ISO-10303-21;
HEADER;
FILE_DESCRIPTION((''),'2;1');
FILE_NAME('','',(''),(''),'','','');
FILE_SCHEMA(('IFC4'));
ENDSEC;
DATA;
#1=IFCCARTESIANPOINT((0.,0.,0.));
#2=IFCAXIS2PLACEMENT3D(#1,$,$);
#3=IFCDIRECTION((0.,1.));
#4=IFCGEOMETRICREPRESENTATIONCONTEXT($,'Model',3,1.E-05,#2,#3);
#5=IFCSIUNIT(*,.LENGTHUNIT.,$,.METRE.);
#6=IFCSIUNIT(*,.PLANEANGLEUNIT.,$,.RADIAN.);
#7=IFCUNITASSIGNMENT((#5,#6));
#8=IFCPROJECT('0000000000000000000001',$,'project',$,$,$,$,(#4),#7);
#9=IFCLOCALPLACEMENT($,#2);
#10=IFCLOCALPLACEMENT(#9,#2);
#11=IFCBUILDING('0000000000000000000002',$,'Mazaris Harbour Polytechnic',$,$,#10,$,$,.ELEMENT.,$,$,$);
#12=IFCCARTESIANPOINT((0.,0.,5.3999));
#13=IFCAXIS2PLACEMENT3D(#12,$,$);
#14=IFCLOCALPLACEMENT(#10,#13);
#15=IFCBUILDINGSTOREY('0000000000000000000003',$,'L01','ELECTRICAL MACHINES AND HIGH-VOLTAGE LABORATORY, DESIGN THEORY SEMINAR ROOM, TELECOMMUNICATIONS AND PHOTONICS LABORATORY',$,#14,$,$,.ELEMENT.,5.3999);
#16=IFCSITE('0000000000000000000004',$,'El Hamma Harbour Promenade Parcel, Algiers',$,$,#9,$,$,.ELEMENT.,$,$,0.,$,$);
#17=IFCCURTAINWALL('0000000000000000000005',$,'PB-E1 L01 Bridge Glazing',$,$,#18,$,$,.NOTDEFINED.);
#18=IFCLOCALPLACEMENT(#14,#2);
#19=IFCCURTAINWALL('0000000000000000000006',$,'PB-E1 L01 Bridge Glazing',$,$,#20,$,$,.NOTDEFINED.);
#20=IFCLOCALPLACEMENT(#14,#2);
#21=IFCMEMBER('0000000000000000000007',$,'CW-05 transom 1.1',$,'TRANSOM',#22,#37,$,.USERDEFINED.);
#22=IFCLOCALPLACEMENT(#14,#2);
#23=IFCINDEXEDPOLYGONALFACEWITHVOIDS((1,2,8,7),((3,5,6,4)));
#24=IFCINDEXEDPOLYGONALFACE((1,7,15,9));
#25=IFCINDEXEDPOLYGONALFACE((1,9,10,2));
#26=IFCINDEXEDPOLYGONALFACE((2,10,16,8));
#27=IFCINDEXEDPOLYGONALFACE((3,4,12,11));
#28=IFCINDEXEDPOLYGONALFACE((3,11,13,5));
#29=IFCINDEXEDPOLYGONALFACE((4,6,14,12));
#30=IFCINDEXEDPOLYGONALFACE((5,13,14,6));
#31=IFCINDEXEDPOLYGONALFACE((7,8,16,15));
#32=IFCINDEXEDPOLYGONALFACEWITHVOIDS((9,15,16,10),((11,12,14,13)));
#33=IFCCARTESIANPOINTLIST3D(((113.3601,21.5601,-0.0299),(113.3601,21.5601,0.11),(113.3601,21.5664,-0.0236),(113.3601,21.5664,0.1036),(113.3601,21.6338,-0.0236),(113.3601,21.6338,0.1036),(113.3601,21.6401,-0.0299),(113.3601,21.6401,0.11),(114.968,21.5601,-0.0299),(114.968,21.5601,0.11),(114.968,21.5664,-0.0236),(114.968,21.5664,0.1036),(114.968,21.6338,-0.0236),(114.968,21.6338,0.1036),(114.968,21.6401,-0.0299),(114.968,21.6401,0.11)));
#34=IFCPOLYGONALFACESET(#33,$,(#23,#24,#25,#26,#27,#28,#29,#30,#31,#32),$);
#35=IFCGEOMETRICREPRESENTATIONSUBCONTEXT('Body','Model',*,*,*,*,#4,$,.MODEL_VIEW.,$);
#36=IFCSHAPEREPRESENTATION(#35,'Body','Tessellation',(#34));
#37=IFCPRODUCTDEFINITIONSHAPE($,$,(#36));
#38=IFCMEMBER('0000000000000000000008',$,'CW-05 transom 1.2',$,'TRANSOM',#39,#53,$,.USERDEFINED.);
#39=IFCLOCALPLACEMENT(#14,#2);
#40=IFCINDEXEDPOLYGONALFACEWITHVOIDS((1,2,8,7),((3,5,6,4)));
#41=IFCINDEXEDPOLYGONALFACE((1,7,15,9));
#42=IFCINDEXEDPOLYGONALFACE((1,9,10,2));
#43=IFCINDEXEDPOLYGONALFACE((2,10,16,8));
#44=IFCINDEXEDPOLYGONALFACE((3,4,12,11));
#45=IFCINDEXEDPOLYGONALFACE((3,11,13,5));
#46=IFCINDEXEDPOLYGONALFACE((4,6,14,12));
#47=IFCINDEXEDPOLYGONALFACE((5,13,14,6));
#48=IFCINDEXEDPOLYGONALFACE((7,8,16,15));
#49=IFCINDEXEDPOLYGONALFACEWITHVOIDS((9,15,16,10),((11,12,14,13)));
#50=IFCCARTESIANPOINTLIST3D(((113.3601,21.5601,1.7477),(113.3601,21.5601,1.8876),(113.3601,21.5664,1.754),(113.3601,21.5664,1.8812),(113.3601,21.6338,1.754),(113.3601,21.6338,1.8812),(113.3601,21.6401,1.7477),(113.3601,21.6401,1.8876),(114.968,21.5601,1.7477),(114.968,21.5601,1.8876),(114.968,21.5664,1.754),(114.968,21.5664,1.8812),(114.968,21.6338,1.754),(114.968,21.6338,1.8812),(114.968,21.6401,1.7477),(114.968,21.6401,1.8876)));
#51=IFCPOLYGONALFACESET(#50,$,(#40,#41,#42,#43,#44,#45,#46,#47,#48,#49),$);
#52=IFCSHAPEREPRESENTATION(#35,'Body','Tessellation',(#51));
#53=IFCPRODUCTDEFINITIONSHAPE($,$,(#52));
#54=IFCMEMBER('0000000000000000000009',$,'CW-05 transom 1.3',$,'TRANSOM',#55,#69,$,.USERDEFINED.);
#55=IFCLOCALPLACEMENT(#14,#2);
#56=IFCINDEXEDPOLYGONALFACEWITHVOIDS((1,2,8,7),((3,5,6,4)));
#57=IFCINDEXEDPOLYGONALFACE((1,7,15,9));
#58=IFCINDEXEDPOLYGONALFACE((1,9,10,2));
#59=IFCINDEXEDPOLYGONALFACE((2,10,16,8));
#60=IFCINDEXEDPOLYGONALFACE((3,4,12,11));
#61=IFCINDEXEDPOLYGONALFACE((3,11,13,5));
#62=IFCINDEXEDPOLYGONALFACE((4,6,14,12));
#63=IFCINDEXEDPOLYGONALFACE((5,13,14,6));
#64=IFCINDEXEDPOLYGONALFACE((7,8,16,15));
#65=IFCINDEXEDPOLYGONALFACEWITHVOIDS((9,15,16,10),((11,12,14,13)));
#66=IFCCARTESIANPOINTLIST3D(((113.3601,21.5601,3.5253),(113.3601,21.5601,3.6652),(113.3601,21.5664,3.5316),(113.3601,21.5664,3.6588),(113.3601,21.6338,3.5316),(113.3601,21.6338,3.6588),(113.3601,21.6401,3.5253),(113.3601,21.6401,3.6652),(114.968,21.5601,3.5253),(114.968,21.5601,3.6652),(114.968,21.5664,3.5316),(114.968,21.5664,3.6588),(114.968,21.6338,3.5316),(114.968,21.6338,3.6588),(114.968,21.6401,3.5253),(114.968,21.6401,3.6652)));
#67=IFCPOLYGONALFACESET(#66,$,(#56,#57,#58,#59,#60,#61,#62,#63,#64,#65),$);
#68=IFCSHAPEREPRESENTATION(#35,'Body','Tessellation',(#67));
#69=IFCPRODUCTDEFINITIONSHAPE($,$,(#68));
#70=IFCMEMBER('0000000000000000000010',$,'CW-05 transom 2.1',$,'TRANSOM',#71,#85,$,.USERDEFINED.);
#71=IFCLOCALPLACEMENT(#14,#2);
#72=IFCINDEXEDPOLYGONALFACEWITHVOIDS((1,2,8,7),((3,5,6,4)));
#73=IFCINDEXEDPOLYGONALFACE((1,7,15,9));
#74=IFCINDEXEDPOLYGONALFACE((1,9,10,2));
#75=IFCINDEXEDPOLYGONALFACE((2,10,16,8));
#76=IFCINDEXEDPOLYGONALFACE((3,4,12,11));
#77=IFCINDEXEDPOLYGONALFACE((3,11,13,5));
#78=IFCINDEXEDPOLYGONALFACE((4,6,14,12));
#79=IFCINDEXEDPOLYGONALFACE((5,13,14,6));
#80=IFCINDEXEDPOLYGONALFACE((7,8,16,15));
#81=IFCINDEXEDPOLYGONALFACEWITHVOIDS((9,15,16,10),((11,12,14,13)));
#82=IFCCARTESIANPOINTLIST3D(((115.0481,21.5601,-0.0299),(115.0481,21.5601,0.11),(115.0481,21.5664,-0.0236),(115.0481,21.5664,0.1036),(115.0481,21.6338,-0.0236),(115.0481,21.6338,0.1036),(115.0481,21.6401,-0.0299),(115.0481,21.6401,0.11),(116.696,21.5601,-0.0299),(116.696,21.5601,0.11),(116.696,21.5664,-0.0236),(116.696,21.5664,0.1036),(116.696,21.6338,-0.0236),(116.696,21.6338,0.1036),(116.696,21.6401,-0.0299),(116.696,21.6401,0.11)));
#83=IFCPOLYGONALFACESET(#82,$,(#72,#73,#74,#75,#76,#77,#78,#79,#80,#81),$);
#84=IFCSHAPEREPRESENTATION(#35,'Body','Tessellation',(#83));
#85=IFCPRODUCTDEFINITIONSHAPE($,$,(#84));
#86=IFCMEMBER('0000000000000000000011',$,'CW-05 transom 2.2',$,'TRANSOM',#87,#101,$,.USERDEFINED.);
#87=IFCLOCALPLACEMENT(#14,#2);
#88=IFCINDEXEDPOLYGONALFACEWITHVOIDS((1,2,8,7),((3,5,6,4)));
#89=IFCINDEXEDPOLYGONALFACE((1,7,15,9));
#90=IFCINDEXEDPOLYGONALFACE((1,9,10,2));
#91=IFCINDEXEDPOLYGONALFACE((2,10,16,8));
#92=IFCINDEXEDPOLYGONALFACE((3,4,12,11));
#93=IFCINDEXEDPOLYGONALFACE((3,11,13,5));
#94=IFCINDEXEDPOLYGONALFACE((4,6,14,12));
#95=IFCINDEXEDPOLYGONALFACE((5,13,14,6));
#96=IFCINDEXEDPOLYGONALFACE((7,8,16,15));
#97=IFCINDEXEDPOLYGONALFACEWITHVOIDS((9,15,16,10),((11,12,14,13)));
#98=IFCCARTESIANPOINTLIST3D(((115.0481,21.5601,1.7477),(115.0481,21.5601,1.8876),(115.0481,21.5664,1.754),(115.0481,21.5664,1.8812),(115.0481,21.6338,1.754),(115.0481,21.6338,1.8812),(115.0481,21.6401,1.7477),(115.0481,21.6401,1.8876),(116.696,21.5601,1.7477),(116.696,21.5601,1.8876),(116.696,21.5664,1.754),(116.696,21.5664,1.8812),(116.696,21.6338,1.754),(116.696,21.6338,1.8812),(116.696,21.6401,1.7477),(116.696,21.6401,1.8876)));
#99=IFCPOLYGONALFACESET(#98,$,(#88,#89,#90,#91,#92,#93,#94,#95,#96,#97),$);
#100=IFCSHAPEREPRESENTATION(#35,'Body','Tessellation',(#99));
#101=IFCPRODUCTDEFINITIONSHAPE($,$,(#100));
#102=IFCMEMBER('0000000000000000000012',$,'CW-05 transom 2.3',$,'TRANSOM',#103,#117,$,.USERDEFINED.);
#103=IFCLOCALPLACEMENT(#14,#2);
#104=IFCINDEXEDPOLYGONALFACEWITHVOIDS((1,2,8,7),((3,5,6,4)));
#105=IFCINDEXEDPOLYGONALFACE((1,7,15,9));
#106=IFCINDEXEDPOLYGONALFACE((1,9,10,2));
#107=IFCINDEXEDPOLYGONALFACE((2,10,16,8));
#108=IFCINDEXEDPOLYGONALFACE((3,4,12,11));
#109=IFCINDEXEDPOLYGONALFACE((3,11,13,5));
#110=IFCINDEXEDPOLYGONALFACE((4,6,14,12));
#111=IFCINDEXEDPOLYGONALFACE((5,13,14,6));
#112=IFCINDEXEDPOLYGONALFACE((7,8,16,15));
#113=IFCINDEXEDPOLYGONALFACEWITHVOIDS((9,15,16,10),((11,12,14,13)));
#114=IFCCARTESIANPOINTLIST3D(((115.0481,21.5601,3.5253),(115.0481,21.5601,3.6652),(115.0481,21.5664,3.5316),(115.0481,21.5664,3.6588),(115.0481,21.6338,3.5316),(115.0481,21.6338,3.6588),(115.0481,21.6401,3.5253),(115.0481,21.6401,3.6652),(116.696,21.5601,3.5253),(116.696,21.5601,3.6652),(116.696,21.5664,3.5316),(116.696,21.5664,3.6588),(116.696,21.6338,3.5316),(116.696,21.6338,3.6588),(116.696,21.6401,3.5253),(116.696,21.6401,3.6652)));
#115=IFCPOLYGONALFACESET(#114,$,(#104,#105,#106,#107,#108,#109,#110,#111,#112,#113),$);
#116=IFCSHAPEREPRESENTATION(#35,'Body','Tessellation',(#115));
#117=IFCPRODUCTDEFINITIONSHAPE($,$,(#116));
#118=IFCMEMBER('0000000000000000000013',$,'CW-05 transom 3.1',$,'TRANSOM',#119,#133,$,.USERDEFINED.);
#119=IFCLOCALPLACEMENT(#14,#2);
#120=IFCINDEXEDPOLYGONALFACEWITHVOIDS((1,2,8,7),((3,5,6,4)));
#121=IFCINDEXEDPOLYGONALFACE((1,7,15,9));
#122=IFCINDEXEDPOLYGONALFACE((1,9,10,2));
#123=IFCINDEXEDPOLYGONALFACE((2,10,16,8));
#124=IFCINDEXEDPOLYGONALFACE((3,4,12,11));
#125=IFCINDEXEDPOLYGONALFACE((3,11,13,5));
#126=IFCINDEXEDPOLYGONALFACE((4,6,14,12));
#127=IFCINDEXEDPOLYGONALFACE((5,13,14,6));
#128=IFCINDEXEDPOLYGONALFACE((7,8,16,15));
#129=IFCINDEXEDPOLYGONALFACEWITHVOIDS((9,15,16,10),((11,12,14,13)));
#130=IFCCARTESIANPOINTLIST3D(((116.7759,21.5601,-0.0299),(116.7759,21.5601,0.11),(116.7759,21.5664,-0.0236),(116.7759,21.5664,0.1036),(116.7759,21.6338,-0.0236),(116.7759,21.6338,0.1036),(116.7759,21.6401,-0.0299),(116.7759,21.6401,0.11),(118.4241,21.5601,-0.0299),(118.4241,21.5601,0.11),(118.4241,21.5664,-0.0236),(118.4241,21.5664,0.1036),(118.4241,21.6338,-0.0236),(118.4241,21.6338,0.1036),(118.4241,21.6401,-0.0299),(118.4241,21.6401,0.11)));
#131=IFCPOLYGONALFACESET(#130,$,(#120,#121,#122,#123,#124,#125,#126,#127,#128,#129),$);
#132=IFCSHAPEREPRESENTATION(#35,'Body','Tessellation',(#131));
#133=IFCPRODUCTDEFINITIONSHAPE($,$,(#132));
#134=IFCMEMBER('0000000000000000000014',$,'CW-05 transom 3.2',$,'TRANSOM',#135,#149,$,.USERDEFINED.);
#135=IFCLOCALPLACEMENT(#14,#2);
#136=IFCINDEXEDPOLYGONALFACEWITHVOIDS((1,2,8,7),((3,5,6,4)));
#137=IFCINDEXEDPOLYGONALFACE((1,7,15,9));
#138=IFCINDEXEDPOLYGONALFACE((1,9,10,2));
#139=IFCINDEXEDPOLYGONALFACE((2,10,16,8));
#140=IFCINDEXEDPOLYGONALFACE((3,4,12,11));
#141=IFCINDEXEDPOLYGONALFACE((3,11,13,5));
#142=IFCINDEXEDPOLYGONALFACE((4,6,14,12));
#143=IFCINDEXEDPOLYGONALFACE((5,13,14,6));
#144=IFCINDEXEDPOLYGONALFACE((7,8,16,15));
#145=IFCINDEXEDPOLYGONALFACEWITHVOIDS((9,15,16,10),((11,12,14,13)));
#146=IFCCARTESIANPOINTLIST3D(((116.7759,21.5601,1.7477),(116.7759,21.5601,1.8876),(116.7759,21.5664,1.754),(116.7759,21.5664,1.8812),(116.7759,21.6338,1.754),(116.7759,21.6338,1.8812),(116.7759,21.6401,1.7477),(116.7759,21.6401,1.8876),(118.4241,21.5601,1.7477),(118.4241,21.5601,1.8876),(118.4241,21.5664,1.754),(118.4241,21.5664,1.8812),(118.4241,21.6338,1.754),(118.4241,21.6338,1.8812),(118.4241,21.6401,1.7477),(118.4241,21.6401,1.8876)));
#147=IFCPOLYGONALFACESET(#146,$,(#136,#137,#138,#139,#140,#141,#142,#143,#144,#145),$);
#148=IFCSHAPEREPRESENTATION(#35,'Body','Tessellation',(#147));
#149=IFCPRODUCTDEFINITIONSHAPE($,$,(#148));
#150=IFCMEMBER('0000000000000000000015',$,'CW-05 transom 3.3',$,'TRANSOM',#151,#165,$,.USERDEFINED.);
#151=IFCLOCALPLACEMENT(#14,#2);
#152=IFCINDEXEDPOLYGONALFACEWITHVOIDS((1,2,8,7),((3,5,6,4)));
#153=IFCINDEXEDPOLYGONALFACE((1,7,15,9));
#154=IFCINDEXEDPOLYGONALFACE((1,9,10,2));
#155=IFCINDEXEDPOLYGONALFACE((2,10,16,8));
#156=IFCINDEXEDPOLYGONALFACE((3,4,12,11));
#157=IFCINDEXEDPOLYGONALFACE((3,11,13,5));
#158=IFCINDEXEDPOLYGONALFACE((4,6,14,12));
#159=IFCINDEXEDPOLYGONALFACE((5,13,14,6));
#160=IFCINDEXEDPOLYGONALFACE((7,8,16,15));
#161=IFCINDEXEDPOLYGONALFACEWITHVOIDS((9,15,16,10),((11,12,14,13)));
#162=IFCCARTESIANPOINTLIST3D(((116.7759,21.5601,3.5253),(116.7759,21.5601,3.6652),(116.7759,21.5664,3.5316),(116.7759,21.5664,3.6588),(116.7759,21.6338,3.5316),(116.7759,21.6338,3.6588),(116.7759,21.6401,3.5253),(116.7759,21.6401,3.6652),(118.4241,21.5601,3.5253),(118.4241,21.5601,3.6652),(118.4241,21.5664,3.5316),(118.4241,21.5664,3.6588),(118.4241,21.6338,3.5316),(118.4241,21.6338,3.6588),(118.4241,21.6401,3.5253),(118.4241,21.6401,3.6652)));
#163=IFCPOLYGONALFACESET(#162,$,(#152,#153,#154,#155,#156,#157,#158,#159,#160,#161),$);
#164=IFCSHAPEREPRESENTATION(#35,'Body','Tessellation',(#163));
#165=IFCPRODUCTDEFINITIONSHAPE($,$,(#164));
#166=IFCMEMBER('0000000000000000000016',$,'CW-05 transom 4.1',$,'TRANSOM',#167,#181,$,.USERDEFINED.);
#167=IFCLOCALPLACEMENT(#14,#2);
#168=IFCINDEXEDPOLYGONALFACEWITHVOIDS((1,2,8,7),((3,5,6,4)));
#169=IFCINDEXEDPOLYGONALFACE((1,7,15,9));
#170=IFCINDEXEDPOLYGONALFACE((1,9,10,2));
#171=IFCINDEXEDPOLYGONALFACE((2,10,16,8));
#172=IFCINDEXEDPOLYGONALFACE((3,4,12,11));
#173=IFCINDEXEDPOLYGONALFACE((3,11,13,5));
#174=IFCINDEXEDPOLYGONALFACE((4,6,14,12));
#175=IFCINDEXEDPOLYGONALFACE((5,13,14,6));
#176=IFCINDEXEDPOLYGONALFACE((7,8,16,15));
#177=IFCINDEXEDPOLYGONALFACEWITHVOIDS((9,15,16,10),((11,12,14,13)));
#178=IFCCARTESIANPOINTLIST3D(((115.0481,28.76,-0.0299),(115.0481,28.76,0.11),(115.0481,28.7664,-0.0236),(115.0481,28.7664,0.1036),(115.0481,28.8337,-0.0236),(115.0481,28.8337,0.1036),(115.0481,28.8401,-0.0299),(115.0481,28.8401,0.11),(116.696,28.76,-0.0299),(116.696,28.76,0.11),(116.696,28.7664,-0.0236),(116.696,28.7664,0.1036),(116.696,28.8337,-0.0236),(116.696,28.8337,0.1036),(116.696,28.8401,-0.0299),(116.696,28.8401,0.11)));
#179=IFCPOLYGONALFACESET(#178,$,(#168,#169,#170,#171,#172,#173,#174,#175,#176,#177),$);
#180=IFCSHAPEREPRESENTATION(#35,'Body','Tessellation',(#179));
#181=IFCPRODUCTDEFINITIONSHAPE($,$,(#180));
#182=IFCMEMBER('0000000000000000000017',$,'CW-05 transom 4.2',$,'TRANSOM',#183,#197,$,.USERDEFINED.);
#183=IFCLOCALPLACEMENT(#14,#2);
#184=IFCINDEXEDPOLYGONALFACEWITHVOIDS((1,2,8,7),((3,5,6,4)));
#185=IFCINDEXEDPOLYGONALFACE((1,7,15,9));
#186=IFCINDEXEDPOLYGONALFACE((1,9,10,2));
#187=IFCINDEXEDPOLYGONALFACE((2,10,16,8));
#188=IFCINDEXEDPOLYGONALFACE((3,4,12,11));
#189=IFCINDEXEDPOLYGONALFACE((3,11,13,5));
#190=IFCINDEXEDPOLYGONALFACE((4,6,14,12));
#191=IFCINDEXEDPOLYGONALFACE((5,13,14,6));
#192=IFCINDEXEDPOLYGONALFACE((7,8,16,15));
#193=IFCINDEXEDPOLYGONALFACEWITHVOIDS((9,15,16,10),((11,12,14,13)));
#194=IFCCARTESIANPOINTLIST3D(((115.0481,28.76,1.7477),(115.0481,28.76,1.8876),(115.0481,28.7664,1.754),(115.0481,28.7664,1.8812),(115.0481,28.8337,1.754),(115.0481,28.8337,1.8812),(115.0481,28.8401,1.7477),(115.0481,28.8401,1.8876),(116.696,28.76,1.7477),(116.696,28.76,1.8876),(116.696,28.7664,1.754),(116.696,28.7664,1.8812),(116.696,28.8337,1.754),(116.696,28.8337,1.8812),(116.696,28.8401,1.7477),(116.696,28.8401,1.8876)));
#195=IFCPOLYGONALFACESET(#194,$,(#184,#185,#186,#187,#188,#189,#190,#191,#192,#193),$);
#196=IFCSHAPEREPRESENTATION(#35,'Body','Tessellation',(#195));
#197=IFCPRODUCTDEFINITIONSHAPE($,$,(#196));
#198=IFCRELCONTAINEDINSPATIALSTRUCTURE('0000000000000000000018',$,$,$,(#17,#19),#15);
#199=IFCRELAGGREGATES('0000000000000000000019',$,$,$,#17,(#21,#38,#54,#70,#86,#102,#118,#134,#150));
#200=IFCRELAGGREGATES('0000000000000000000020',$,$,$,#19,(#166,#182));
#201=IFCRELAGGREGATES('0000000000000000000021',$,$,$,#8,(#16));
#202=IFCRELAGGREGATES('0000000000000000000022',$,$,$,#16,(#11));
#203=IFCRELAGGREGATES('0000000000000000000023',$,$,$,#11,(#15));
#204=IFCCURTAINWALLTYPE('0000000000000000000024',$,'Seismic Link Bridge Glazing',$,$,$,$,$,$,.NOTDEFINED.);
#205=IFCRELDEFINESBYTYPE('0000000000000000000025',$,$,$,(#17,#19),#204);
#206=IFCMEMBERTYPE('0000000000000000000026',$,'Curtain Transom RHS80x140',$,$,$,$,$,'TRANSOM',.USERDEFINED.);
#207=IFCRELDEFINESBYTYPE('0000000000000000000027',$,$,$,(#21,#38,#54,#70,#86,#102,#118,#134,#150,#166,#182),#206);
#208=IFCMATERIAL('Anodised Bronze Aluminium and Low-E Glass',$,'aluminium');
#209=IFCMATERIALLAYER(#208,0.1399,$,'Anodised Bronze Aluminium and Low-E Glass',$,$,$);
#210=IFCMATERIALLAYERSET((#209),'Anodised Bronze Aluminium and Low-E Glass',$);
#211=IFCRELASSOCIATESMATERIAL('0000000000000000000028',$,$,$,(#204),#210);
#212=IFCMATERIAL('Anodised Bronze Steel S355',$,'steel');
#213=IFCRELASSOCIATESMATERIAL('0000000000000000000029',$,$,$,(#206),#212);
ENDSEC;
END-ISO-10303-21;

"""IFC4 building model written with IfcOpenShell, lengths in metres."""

from ifc_helpers import new_model, si_unit, direction, frame, origin, origin_2d, place, context, subcontext, project, spatial, hollow_rectangle, extrude, material, layer, layer_set, material_profile, profile_set, type_object, element, aggregate, save


model = new_model("IFC4")

# Units and contexts
model_context = context("Model", 3, precision=1e-05, world=origin(), true_north=direction((0.0, 1.0)))
body_context = subcontext(model_context, "Body", "Model", "MODEL_VIEW")
ifc_project = project(units=[si_unit("LENGTHUNIT", "METRE"), si_unit("PLANEANGLEUNIT", "RADIAN")], contexts=[model_context])

# Site, building, storey
site_placement = place(None, origin())
site = spatial("IfcSite", under=ifc_project, at=site_placement, Name="El Hamma Harbour Promenade Parcel, Algiers", CompositionType="ELEMENT", RefElevation=0.0)
building_placement = place(site_placement, origin())
building = spatial("IfcBuilding", under=site, at=building_placement, Name="Mazaris Harbour Polytechnic", CompositionType="ELEMENT")
storey_placement = place(building_placement, frame((0.0, 0.0, 5.3999)))
storey = spatial("IfcBuildingStorey", under=building, at=storey_placement, Name="L01", Description="ELECTRICAL MACHINES AND HIGH-VOLTAGE LABORATORY, DESIGN THEORY SEMINAR ROOM, TELECOMMUNICATIONS AND PHOTONICS LABORATORY", CompositionType="ELEMENT", Elevation=5.3999)

# Curtain walls
ifc_material_1 = material(Name="Anodised Bronze Aluminium and Low-E Glass", Category="aluminium")
ifc_layer_1 = layer(ifc_material_1, 0.1399, Name="Anodised Bronze Aluminium and Low-E Glass")
ifc_layer_set_1 = layer_set([ifc_layer_1], Name="Anodised Bronze Aluminium and Low-E Glass")
curtain_wall_type = type_object("IfcCurtainWallType", Name="Seismic Link Bridge Glazing", PredefinedType="NOTDEFINED", material=ifc_layer_set_1)
curtain_wall_1_placement = place(storey_placement, origin())
curtain_wall_1 = element("IfcCurtainWall", 1, at=curtain_wall_1_placement, inside=storey, type_object=curtain_wall_type, Name="PB-E1 L01 Bridge Glazing", PredefinedType="NOTDEFINED")
curtain_wall_2_placement = place(storey_placement, origin())
curtain_wall_2 = element("IfcCurtainWall", 2, at=curtain_wall_2_placement, inside=storey, type_object=curtain_wall_type, Name="PB-E1 L01 Bridge Glazing", PredefinedType="NOTDEFINED")

# Members
ifc_material_2 = material(Name="Anodised Bronze Steel S355", Category="steel")
ifc_material_profile_1 = material_profile(ifc_material_2, hollow_rectangle(XDim=0.0801, YDim=0.1399, WallThickness=0.0063, at=origin_2d()), Name="RHS 80x140x6.3")
ifc_profile_set_1 = profile_set([ifc_material_profile_1], Name="Anodised Bronze Steel S355")
member_type_1 = type_object("IfcMemberType", Name="Curtain Transom RHS80x140", ElementType="TRANSOM", PredefinedType="USERDEFINED", material=ifc_profile_set_1)
member_1_placement = place(storey_placement, frame((113.3601, 21.6001, 0.04), z_axis=(1.0, 0.0, 0.0), x_axis=(0.0, 1.0, 0.0)))
member_1 = element("IfcMember", 3, at=member_1_placement, type_object=member_type_1, Name="CW-05 transom 1.1", ObjectType="TRANSOM", PredefinedType="USERDEFINED", context=body_context, shape_type="SweptSolid", body=[
    extrude(hollow_rectangle(XDim=0.0801, YDim=0.1399, WallThickness=0.0063, at=origin_2d()), origin(), (0.0, 0.0, 1.0), 1.6079),
])
member_2_placement = place(storey_placement, frame((113.3601, 21.6001, 1.8176), z_axis=(1.0, 0.0, 0.0), x_axis=(0.0, 1.0, 0.0)))
member_2 = element("IfcMember", 4, at=member_2_placement, type_object=member_type_1, Name="CW-05 transom 1.2", ObjectType="TRANSOM", PredefinedType="USERDEFINED", context=body_context, shape_type="SweptSolid", body=[
    extrude(hollow_rectangle(XDim=0.0801, YDim=0.1399, WallThickness=0.0063, at=origin_2d()), origin(), (0.0, 0.0, 1.0), 1.6079),
])
member_3_placement = place(storey_placement, frame((113.3601, 21.6001, 3.5952), z_axis=(1.0, 0.0, 0.0), x_axis=(0.0, 1.0, 0.0)))
member_3 = element("IfcMember", 5, at=member_3_placement, type_object=member_type_1, Name="CW-05 transom 1.3", ObjectType="TRANSOM", PredefinedType="USERDEFINED", context=body_context, shape_type="SweptSolid", body=[
    extrude(hollow_rectangle(XDim=0.0801, YDim=0.1399, WallThickness=0.0063, at=origin_2d()), origin(), (0.0, 0.0, 1.0), 1.6079),
])
member_4_placement = place(storey_placement, frame((115.0481, 21.6001, 0.04), z_axis=(1.0, 0.0, 0.0), x_axis=(0.0, 1.0, 0.0)))
member_4 = element("IfcMember", 6, at=member_4_placement, type_object=member_type_1, Name="CW-05 transom 2.1", ObjectType="TRANSOM", PredefinedType="USERDEFINED", context=body_context, shape_type="SweptSolid", body=[
    extrude(hollow_rectangle(XDim=0.0801, YDim=0.1399, WallThickness=0.0063, at=origin_2d()), origin(), (0.0, 0.0, 1.0), 1.6479),
])
member_5_placement = place(storey_placement, frame((115.0481, 21.6001, 1.8176), z_axis=(1.0, 0.0, 0.0), x_axis=(0.0, 1.0, 0.0)))
member_5 = element("IfcMember", 7, at=member_5_placement, type_object=member_type_1, Name="CW-05 transom 2.2", ObjectType="TRANSOM", PredefinedType="USERDEFINED", context=body_context, shape_type="SweptSolid", body=[
    extrude(hollow_rectangle(XDim=0.0801, YDim=0.1399, WallThickness=0.0063, at=origin_2d()), origin(), (0.0, 0.0, 1.0), 1.6479),
])
member_6_placement = place(storey_placement, frame((115.0481, 21.6001, 3.5952), z_axis=(1.0, 0.0, 0.0), x_axis=(0.0, 1.0, 0.0)))
member_6 = element("IfcMember", 8, at=member_6_placement, type_object=member_type_1, Name="CW-05 transom 2.3", ObjectType="TRANSOM", PredefinedType="USERDEFINED", context=body_context, shape_type="SweptSolid", body=[
    extrude(hollow_rectangle(XDim=0.0801, YDim=0.1399, WallThickness=0.0063, at=origin_2d()), origin(), (0.0, 0.0, 1.0), 1.6479),
])
member_7_placement = place(storey_placement, frame((116.7759, 21.6001, 0.04), z_axis=(1.0, 0.0, 0.0), x_axis=(0.0, 1.0, 0.0)))
member_7 = element("IfcMember", 9, at=member_7_placement, type_object=member_type_1, Name="CW-05 transom 3.1", ObjectType="TRANSOM", PredefinedType="USERDEFINED", context=body_context, shape_type="SweptSolid", body=[
    extrude(hollow_rectangle(XDim=0.0801, YDim=0.1399, WallThickness=0.0063, at=origin_2d()), origin(), (0.0, 0.0, 1.0), 1.6482),
])
member_8_placement = place(storey_placement, frame((116.7759, 21.6001, 1.8176), z_axis=(1.0, 0.0, 0.0), x_axis=(0.0, 1.0, 0.0)))
member_8 = element("IfcMember", 10, at=member_8_placement, type_object=member_type_1, Name="CW-05 transom 3.2", ObjectType="TRANSOM", PredefinedType="USERDEFINED", context=body_context, shape_type="SweptSolid", body=[
    extrude(hollow_rectangle(XDim=0.0801, YDim=0.1399, WallThickness=0.0063, at=origin_2d()), origin(), (0.0, 0.0, 1.0), 1.6482),
])
member_9_placement = place(storey_placement, frame((116.7759, 21.6001, 3.5952), z_axis=(1.0, 0.0, 0.0), x_axis=(0.0, 1.0, 0.0)))
member_9 = element("IfcMember", 11, at=member_9_placement, type_object=member_type_1, Name="CW-05 transom 3.3", ObjectType="TRANSOM", PredefinedType="USERDEFINED", context=body_context, shape_type="SweptSolid", body=[
    extrude(hollow_rectangle(XDim=0.0801, YDim=0.1399, WallThickness=0.0063, at=origin_2d()), origin(), (0.0, 0.0, 1.0), 1.6482),
])
member_10_placement = place(storey_placement, frame((116.696, 28.8, 0.04), z_axis=(-1.0, 0.0, 0.0), x_axis=(0.0, -1.0, 0.0)))
member_10 = element("IfcMember", 12, at=member_10_placement, type_object=member_type_1, Name="CW-05 transom 4.1", ObjectType="TRANSOM", PredefinedType="USERDEFINED", context=body_context, shape_type="SweptSolid", body=[
    extrude(hollow_rectangle(XDim=0.0801, YDim=0.1399, WallThickness=0.0063, at=origin_2d()), origin(), (0.0, 0.0, 1.0), 1.6479),
])
member_11_placement = place(storey_placement, frame((116.696, 28.8, 1.8176), z_axis=(-1.0, 0.0, 0.0), x_axis=(0.0, -1.0, 0.0)))
member_11 = element("IfcMember", 13, at=member_11_placement, type_object=member_type_1, Name="CW-05 transom 4.2", ObjectType="TRANSOM", PredefinedType="USERDEFINED", context=body_context, shape_type="SweptSolid", body=[
    extrude(hollow_rectangle(XDim=0.0801, YDim=0.1399, WallThickness=0.0063, at=origin_2d()), origin(), (0.0, 0.0, 1.0), 1.6479),
])

aggregate(curtain_wall_1, [member_1, member_2, member_3, member_4, member_5, member_6, member_7, member_8, member_9])
aggregate(curtain_wall_2, [member_10, member_11])

save(model, "model.ifc")
